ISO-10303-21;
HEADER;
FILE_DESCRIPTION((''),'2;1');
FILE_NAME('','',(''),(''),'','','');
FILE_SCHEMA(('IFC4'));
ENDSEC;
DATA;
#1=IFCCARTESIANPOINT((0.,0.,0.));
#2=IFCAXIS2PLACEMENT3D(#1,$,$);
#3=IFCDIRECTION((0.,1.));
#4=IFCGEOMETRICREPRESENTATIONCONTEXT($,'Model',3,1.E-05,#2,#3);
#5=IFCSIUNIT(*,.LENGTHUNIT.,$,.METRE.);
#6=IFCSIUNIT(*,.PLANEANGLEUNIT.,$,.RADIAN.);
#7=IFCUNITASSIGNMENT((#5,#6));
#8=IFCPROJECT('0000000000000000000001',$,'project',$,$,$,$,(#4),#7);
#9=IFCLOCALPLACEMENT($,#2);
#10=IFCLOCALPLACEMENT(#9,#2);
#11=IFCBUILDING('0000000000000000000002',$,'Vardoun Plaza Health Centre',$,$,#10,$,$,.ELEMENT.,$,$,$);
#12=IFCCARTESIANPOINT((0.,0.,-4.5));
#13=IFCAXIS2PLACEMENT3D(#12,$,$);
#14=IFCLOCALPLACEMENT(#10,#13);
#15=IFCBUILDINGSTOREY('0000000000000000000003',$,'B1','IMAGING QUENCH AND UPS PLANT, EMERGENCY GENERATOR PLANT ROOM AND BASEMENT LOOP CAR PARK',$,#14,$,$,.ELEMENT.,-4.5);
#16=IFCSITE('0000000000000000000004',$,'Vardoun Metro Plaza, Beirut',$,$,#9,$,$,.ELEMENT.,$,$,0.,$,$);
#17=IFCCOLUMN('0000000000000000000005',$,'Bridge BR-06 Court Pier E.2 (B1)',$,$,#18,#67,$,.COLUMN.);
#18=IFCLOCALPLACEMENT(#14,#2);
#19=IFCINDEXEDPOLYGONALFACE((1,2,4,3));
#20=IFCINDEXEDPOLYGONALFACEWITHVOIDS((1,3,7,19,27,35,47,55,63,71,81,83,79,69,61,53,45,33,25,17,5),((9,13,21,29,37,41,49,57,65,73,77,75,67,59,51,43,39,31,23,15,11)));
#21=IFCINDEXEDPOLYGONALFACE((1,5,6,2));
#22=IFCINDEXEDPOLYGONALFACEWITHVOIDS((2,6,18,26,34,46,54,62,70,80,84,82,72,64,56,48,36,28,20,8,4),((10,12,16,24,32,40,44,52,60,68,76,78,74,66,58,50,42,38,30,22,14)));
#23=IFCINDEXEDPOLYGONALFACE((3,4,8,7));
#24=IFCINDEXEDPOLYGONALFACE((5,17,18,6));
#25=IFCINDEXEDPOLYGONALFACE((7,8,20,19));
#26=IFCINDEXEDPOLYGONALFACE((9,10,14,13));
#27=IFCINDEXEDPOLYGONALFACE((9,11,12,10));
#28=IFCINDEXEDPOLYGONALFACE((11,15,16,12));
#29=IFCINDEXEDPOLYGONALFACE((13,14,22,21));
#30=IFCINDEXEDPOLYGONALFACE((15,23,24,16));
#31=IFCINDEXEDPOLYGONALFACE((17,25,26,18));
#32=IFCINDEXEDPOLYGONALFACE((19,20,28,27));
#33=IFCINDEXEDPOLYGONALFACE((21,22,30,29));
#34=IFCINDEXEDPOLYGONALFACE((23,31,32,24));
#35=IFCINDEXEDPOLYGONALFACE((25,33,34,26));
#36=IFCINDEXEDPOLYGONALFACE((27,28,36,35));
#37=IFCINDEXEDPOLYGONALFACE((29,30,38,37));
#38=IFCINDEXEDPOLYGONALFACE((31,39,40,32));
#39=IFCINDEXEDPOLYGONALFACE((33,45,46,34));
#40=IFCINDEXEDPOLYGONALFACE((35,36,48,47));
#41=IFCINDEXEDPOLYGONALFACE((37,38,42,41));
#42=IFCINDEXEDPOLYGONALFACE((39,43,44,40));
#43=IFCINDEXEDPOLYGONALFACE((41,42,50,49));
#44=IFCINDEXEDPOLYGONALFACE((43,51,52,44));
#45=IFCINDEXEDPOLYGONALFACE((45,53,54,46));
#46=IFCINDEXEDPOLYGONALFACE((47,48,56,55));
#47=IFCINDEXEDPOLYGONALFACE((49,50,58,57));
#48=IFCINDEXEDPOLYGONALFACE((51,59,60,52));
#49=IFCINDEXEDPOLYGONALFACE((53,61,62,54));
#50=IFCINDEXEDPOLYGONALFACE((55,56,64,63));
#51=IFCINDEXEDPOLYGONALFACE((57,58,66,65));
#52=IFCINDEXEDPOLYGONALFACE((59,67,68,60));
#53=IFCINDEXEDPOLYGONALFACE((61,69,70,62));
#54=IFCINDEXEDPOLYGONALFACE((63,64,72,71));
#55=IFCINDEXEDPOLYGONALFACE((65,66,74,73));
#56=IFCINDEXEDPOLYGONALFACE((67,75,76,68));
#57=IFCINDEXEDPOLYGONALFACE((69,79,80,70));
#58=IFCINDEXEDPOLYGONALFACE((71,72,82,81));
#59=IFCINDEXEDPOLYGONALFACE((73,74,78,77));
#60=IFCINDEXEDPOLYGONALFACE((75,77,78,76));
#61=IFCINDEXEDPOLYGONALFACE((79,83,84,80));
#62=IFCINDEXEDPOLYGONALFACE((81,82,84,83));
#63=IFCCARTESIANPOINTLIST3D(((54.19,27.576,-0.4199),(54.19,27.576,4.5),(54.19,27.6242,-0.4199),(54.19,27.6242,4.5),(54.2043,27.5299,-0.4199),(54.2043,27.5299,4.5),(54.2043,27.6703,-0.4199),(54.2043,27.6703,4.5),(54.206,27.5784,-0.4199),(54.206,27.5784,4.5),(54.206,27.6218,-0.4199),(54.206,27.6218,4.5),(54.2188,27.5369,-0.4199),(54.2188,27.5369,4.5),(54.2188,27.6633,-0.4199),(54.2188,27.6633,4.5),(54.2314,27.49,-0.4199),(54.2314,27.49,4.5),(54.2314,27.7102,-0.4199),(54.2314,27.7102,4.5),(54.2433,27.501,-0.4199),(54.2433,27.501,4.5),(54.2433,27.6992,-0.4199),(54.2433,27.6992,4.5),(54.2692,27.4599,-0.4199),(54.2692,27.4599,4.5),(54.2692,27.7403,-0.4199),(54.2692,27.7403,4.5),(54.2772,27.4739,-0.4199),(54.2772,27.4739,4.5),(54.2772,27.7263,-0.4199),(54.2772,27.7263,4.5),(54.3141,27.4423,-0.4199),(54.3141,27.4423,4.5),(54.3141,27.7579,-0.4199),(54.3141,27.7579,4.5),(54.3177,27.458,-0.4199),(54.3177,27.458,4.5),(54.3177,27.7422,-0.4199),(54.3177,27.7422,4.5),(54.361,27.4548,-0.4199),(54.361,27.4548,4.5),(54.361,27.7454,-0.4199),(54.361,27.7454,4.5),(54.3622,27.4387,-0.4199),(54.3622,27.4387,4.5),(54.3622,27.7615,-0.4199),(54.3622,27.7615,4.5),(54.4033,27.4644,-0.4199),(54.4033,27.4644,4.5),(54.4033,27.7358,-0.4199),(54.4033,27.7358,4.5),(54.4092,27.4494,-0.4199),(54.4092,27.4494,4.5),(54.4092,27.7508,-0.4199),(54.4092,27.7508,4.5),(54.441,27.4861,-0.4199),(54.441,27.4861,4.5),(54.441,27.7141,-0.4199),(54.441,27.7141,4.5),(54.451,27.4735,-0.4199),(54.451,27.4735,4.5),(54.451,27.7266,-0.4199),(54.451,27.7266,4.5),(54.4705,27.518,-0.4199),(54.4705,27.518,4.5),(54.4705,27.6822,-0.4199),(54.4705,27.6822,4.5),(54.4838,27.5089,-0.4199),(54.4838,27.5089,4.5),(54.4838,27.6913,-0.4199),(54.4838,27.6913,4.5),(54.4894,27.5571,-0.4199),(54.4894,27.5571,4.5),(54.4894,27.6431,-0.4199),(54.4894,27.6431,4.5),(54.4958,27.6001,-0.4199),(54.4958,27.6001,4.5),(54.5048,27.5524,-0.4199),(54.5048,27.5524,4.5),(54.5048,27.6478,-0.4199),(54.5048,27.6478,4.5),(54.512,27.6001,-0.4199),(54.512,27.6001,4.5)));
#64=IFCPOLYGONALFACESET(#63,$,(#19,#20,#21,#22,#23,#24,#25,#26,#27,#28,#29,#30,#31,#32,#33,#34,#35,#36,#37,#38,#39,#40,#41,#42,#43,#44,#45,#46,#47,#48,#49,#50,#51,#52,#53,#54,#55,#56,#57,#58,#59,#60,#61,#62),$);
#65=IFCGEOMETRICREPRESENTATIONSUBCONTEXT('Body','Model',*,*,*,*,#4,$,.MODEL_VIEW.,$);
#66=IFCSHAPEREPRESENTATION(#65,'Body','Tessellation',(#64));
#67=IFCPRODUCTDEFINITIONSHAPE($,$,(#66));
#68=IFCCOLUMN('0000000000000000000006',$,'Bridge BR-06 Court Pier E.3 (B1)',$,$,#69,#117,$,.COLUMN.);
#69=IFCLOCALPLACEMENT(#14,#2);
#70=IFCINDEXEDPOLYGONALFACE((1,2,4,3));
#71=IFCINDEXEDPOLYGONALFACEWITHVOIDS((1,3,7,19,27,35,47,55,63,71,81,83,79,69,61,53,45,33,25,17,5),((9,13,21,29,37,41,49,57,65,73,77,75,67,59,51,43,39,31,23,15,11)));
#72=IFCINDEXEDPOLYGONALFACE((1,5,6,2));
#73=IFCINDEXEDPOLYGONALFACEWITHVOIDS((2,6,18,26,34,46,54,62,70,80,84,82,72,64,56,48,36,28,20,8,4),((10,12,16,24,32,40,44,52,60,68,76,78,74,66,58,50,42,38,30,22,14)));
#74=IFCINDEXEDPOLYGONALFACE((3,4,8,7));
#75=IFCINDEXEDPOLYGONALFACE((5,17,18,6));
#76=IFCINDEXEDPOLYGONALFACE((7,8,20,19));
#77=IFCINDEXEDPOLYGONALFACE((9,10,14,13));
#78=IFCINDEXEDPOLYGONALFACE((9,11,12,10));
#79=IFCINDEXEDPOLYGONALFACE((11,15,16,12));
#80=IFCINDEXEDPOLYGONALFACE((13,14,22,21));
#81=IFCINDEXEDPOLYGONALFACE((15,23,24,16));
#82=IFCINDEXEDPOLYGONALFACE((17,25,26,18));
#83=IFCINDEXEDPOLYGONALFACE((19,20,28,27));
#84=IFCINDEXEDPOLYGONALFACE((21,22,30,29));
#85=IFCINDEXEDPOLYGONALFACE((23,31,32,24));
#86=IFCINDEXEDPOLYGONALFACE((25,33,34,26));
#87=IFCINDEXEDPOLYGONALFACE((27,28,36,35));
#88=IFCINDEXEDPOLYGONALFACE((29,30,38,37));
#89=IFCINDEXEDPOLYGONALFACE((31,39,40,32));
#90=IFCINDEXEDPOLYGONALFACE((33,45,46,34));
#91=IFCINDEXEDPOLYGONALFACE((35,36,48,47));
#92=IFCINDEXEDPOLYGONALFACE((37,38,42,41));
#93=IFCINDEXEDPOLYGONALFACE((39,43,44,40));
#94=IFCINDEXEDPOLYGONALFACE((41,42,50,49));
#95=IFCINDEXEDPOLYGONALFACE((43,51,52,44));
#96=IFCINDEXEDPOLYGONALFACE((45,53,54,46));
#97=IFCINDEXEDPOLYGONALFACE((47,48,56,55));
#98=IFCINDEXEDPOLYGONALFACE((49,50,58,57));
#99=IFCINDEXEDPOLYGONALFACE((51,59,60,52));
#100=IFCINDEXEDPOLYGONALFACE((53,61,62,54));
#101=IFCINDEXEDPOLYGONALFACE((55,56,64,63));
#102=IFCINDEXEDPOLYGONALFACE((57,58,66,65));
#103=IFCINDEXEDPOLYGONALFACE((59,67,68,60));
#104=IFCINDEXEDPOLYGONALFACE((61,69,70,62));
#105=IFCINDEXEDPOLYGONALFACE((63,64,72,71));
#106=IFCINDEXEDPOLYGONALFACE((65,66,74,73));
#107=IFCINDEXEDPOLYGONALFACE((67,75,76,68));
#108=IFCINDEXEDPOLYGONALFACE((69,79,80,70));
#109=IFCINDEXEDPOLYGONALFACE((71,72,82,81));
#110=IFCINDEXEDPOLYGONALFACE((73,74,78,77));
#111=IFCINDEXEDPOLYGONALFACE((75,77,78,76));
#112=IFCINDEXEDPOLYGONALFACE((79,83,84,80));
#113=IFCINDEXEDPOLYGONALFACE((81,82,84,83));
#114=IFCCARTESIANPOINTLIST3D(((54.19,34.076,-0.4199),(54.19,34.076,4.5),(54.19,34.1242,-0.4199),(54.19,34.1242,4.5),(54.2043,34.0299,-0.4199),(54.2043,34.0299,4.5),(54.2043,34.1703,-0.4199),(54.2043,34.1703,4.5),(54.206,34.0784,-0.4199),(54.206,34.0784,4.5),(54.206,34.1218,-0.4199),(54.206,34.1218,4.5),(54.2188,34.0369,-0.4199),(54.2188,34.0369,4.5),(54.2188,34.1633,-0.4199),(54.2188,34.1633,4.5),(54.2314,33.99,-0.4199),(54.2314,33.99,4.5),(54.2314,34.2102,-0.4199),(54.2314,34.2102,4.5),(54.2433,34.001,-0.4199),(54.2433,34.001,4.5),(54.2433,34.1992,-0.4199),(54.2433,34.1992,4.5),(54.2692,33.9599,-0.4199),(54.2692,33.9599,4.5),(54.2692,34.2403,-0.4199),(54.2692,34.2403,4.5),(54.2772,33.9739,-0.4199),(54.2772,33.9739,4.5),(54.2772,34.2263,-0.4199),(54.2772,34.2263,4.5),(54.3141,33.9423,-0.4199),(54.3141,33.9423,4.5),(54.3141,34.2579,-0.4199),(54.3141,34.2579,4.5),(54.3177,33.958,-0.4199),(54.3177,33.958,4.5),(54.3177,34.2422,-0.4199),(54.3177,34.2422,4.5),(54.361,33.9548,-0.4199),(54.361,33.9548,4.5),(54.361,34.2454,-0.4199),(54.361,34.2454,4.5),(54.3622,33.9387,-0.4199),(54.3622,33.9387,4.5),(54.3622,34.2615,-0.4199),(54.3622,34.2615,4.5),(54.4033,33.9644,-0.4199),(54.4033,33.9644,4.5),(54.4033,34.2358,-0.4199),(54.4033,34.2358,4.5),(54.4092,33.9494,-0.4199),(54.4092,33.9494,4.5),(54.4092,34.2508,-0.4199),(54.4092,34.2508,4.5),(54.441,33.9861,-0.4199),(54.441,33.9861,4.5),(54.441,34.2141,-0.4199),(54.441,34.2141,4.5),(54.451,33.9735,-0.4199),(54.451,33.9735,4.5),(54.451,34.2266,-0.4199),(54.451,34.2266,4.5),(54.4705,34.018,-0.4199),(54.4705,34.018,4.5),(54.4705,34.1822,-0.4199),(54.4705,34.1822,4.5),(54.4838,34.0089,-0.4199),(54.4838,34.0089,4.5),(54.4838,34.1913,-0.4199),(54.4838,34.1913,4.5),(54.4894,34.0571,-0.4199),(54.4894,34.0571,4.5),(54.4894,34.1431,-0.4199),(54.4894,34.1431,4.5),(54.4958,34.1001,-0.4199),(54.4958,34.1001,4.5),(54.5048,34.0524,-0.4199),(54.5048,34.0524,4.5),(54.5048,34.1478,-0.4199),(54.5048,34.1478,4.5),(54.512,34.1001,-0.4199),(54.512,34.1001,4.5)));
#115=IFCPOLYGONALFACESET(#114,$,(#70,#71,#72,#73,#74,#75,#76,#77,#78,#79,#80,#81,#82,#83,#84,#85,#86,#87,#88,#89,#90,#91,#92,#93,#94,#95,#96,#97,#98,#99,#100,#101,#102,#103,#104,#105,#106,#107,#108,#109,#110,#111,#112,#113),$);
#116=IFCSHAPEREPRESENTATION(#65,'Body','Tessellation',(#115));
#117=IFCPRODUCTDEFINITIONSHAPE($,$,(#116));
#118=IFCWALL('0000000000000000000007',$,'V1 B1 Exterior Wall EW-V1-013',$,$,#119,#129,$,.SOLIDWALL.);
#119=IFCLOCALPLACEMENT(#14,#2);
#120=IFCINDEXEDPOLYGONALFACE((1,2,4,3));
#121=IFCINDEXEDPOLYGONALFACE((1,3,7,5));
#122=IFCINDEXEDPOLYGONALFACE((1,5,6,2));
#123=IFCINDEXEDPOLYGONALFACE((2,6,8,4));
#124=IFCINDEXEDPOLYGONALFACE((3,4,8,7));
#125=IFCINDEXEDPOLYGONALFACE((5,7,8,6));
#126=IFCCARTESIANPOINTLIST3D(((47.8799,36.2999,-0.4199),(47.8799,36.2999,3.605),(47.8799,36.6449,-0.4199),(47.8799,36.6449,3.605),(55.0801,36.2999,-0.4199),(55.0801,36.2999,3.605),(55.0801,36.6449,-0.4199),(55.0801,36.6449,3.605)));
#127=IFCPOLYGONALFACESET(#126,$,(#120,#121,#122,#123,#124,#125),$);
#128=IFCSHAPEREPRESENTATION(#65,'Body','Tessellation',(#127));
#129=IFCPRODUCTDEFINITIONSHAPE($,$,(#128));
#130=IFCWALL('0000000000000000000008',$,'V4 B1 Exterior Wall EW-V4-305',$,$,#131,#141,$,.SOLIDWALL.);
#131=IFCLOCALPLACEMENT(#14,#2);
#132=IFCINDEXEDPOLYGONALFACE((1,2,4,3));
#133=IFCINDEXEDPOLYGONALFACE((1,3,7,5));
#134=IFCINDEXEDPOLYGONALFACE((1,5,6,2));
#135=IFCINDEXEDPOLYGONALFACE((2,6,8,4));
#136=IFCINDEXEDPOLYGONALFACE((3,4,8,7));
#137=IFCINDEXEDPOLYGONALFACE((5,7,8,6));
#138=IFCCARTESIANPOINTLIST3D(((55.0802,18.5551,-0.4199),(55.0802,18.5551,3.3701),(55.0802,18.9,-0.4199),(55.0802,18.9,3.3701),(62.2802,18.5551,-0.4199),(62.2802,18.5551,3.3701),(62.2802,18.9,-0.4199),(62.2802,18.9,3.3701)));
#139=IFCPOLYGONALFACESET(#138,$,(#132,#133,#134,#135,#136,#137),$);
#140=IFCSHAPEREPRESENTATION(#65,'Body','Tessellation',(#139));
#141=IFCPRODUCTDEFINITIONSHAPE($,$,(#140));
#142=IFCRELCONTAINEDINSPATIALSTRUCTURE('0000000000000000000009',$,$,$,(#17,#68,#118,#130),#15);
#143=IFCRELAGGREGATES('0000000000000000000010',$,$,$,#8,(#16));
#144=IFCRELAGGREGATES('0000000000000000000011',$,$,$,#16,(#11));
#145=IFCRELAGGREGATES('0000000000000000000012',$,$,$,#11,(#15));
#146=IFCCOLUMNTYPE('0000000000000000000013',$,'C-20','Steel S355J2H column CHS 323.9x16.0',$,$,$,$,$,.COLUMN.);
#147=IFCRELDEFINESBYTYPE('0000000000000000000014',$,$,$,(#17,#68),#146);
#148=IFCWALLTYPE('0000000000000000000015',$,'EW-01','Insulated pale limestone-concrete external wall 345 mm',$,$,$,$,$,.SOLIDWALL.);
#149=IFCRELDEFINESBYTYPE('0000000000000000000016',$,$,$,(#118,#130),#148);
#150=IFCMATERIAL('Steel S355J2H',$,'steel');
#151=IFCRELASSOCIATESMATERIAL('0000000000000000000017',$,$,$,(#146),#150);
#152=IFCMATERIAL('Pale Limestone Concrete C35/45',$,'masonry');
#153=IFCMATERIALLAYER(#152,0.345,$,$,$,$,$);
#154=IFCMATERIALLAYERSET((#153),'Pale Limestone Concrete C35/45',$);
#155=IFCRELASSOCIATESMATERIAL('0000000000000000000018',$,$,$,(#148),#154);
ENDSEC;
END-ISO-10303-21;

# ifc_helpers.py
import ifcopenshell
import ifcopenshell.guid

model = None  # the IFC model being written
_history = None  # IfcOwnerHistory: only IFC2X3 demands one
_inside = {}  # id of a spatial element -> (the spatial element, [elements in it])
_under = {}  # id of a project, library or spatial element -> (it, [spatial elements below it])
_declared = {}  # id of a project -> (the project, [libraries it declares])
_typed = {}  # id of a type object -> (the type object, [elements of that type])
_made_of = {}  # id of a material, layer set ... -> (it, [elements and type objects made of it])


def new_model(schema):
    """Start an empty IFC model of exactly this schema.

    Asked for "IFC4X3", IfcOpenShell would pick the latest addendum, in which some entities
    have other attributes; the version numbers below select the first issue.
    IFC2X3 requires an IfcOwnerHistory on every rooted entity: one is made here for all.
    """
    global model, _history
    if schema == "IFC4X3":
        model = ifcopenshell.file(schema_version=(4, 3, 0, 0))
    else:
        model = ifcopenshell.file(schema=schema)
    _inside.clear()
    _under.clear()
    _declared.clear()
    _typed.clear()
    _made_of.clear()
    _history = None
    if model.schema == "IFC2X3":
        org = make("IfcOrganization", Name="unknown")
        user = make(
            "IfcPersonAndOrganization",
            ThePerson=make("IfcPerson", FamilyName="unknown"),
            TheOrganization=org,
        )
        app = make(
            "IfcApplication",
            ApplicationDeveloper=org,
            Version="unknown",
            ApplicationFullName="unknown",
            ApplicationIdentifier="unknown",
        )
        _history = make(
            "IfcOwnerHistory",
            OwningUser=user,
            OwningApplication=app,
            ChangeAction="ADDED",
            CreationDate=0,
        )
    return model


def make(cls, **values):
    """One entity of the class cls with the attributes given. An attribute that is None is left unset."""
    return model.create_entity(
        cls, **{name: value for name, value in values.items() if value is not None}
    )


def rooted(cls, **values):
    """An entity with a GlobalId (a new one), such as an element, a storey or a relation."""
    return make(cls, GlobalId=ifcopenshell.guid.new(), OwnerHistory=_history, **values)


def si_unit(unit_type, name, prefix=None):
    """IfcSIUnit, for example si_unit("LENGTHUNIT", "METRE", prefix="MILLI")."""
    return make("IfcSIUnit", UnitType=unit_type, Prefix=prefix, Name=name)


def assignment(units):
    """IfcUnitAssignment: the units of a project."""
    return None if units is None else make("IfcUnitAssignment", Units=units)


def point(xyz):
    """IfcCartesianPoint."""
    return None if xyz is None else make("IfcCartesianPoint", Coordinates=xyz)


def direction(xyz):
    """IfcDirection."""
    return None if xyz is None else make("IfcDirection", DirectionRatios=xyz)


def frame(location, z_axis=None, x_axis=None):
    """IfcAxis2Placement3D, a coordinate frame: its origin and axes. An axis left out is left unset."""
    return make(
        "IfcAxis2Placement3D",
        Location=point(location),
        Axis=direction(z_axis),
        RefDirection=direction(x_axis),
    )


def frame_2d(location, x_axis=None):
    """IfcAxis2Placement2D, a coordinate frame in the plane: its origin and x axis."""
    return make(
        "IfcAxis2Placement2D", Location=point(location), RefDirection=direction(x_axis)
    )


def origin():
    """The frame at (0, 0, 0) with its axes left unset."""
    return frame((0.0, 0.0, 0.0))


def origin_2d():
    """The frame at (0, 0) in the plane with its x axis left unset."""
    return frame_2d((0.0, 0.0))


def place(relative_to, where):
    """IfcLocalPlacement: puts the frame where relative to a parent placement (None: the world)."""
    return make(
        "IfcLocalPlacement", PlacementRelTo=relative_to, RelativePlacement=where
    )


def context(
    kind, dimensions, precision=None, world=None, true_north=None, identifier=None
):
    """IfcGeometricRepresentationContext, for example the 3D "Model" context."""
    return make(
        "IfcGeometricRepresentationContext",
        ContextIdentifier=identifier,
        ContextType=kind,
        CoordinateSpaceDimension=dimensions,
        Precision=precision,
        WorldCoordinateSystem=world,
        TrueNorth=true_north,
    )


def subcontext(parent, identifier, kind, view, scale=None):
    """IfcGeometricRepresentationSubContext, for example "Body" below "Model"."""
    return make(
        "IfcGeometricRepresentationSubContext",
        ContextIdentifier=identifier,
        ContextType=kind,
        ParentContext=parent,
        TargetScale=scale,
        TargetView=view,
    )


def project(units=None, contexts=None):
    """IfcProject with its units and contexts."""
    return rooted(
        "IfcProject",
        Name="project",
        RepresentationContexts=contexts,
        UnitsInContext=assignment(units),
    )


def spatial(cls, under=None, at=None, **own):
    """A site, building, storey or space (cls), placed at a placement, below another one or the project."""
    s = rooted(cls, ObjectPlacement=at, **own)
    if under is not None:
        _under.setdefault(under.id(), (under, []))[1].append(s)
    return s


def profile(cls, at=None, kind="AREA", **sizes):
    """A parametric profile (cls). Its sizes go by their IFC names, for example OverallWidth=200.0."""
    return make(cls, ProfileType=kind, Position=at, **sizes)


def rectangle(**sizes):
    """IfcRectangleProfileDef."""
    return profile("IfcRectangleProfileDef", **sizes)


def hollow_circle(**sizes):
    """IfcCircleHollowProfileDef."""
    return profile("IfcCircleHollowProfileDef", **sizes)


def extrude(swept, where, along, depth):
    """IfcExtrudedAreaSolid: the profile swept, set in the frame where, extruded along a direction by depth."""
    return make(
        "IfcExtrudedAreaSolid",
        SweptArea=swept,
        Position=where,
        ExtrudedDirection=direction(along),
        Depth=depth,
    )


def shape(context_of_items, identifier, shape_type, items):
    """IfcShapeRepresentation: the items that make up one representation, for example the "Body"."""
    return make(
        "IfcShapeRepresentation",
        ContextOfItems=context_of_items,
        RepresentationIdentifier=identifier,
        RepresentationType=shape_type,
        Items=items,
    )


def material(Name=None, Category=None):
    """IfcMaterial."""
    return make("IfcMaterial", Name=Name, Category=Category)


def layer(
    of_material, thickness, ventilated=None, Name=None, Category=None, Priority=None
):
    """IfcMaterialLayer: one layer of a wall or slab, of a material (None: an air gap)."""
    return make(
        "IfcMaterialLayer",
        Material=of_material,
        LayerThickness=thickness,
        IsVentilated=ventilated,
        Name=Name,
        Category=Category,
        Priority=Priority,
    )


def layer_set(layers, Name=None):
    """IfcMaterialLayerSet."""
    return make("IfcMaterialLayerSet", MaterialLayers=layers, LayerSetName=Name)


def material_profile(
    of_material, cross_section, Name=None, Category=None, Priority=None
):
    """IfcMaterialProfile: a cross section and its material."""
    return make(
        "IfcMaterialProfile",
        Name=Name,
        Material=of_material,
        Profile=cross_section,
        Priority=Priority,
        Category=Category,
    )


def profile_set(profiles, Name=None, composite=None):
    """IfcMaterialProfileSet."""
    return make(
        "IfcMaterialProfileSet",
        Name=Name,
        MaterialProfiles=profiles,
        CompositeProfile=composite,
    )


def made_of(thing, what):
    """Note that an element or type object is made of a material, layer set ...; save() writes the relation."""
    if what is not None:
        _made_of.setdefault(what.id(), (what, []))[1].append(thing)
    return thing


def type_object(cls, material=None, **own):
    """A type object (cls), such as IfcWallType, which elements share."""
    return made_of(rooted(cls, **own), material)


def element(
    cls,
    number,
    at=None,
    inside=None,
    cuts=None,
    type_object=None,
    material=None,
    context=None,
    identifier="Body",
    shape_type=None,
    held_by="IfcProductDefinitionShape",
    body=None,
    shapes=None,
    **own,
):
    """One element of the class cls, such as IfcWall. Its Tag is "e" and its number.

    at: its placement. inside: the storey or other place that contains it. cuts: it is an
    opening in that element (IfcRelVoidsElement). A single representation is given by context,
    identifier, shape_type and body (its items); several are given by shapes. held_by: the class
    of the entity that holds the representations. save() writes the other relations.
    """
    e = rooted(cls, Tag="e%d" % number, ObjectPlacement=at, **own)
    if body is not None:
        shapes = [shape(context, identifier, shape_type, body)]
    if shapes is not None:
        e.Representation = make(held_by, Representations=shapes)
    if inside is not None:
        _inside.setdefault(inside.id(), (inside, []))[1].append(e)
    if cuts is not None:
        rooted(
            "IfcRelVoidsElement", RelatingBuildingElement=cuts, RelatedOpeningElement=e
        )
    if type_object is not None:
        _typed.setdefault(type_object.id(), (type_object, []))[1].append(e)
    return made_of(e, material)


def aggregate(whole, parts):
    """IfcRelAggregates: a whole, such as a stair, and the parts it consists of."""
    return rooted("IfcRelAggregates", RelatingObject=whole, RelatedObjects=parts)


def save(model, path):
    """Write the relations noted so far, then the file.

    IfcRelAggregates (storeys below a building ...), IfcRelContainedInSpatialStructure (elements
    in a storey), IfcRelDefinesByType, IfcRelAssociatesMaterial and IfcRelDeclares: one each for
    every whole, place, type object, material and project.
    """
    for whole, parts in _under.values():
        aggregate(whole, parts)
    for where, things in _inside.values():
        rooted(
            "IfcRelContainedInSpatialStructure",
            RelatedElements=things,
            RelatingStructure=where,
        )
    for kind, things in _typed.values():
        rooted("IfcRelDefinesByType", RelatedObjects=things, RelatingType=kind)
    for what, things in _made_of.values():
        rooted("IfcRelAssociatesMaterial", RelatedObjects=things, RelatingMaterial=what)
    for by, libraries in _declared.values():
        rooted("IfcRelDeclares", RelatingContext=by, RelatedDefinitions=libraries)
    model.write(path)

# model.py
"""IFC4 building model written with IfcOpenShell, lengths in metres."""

from ifc_helpers import new_model, si_unit, direction, frame, frame_2d, origin, origin_2d, place, context, subcontext, project, spatial, rectangle, hollow_circle, extrude, material, layer, layer_set, material_profile, profile_set, type_object, element, save


model = new_model("IFC4")

# Units and contexts
model_context = context("Model", 3, precision=1e-05, world=origin(), true_north=direction((0.0, 1.0)))
body_context = subcontext(model_context, "Body", "Model", "MODEL_VIEW")
ifc_project = project(units=[si_unit("LENGTHUNIT", "METRE"), si_unit("PLANEANGLEUNIT", "RADIAN")], contexts=[model_context])

# Site, building, storey
site_placement = place(None, origin())
site = spatial("IfcSite", under=ifc_project, at=site_placement, Name="Vardoun Metro Plaza, Beirut", CompositionType="ELEMENT", RefElevation=0.0)
building_placement = place(site_placement, origin())
building = spatial("IfcBuilding", under=site, at=building_placement, Name="Vardoun Plaza Health Centre", CompositionType="ELEMENT")
storey_placement = place(building_placement, frame((0.0, 0.0, -4.5)))
storey = spatial("IfcBuildingStorey", under=building, at=storey_placement, Name="B1", Description="IMAGING QUENCH AND UPS PLANT, EMERGENCY GENERATOR PLANT ROOM AND BASEMENT LOOP CAR PARK", CompositionType="ELEMENT", Elevation=-4.5)

# Columns
ifc_material_1 = material(Name="Steel S355J2H", Category="steel")
ifc_material_profile_1 = material_profile(ifc_material_1, hollow_circle(Radius=0.1619, WallThickness=0.0161, at=origin_2d()), Name="CHS 323.9x16.0")
ifc_profile_set_1 = profile_set([ifc_material_profile_1], Name="Steel S355J2H")
column_type_1 = type_object("IfcColumnType", Name="C-20", Description="Steel S355J2H column CHS 323.9x16.0", PredefinedType="COLUMN", material=ifc_profile_set_1)
for number, where, z_axis, x_axis, name in (
    (1, (54.3501, 27.6001, -0.4199), (0.0, 0.0, 1.0), (1.0, 0.0, 0.0), "Bridge BR-06 Court Pier E.2 (B1)"),
    (2, (54.3501, 34.1001, -0.4199), (0.0, 0.0, 1.0), (1.0, 0.0, 0.0), "Bridge BR-06 Court Pier E.3 (B1)"),
):
    element("IfcColumn", number, at=place(storey_placement, frame(where, z_axis=z_axis, x_axis=x_axis)), inside=storey, type_object=column_type_1, Name=name, PredefinedType="COLUMN", context=body_context, shape_type="SweptSolid", body=[
        extrude(hollow_circle(Radius=0.1619, WallThickness=0.0161, at=origin_2d()), origin(), (0.0, 0.0, 1.0), 4.9199),
    ])

# Walls
ifc_material_2 = material(Name="Pale Limestone Concrete C35/45", Category="masonry")
ifc_layer = layer(ifc_material_2, 0.345)
ifc_layer_set = layer_set([ifc_layer], Name="Pale Limestone Concrete C35/45")
wall_type = type_object("IfcWallType", Name="EW-01", Description="Insulated pale limestone-concrete external wall 345 mm", PredefinedType="SOLIDWALL", material=ifc_layer_set)
wall_1_placement = place(storey_placement, frame((55.0801, 36.4724, -0.4199), z_axis=(0.0, 0.0, 1.0), x_axis=(-1.0, 0.0, 0.0)))
element("IfcWall", 3, at=wall_1_placement, inside=storey, type_object=wall_type, Name="V1 B1 Exterior Wall EW-V1-013", PredefinedType="SOLIDWALL", context=body_context, shape_type="SweptSolid", body=[
    extrude(rectangle(XDim=7.2002, YDim=0.345, at=frame_2d((3.6001, 0.0))), origin(), (0.0, 0.0, 1.0), 4.0249),
])
wall_2_placement = place(storey_placement, frame((55.0801, 18.7275, -0.4199), z_axis=(0.0, 0.0, 1.0), x_axis=(1.0, 0.0, 0.0)))
element("IfcWall", 4, at=wall_2_placement, inside=storey, type_object=wall_type, Name="V4 B1 Exterior Wall EW-V4-305", PredefinedType="SOLIDWALL", context=body_context, shape_type="SweptSolid", body=[
    extrude(rectangle(XDim=7.2, YDim=0.345, at=frame_2d((3.6001, 0.0))), origin(), (0.0, 0.0, 1.0), 3.79),
])

save(model, "model.ifc")
